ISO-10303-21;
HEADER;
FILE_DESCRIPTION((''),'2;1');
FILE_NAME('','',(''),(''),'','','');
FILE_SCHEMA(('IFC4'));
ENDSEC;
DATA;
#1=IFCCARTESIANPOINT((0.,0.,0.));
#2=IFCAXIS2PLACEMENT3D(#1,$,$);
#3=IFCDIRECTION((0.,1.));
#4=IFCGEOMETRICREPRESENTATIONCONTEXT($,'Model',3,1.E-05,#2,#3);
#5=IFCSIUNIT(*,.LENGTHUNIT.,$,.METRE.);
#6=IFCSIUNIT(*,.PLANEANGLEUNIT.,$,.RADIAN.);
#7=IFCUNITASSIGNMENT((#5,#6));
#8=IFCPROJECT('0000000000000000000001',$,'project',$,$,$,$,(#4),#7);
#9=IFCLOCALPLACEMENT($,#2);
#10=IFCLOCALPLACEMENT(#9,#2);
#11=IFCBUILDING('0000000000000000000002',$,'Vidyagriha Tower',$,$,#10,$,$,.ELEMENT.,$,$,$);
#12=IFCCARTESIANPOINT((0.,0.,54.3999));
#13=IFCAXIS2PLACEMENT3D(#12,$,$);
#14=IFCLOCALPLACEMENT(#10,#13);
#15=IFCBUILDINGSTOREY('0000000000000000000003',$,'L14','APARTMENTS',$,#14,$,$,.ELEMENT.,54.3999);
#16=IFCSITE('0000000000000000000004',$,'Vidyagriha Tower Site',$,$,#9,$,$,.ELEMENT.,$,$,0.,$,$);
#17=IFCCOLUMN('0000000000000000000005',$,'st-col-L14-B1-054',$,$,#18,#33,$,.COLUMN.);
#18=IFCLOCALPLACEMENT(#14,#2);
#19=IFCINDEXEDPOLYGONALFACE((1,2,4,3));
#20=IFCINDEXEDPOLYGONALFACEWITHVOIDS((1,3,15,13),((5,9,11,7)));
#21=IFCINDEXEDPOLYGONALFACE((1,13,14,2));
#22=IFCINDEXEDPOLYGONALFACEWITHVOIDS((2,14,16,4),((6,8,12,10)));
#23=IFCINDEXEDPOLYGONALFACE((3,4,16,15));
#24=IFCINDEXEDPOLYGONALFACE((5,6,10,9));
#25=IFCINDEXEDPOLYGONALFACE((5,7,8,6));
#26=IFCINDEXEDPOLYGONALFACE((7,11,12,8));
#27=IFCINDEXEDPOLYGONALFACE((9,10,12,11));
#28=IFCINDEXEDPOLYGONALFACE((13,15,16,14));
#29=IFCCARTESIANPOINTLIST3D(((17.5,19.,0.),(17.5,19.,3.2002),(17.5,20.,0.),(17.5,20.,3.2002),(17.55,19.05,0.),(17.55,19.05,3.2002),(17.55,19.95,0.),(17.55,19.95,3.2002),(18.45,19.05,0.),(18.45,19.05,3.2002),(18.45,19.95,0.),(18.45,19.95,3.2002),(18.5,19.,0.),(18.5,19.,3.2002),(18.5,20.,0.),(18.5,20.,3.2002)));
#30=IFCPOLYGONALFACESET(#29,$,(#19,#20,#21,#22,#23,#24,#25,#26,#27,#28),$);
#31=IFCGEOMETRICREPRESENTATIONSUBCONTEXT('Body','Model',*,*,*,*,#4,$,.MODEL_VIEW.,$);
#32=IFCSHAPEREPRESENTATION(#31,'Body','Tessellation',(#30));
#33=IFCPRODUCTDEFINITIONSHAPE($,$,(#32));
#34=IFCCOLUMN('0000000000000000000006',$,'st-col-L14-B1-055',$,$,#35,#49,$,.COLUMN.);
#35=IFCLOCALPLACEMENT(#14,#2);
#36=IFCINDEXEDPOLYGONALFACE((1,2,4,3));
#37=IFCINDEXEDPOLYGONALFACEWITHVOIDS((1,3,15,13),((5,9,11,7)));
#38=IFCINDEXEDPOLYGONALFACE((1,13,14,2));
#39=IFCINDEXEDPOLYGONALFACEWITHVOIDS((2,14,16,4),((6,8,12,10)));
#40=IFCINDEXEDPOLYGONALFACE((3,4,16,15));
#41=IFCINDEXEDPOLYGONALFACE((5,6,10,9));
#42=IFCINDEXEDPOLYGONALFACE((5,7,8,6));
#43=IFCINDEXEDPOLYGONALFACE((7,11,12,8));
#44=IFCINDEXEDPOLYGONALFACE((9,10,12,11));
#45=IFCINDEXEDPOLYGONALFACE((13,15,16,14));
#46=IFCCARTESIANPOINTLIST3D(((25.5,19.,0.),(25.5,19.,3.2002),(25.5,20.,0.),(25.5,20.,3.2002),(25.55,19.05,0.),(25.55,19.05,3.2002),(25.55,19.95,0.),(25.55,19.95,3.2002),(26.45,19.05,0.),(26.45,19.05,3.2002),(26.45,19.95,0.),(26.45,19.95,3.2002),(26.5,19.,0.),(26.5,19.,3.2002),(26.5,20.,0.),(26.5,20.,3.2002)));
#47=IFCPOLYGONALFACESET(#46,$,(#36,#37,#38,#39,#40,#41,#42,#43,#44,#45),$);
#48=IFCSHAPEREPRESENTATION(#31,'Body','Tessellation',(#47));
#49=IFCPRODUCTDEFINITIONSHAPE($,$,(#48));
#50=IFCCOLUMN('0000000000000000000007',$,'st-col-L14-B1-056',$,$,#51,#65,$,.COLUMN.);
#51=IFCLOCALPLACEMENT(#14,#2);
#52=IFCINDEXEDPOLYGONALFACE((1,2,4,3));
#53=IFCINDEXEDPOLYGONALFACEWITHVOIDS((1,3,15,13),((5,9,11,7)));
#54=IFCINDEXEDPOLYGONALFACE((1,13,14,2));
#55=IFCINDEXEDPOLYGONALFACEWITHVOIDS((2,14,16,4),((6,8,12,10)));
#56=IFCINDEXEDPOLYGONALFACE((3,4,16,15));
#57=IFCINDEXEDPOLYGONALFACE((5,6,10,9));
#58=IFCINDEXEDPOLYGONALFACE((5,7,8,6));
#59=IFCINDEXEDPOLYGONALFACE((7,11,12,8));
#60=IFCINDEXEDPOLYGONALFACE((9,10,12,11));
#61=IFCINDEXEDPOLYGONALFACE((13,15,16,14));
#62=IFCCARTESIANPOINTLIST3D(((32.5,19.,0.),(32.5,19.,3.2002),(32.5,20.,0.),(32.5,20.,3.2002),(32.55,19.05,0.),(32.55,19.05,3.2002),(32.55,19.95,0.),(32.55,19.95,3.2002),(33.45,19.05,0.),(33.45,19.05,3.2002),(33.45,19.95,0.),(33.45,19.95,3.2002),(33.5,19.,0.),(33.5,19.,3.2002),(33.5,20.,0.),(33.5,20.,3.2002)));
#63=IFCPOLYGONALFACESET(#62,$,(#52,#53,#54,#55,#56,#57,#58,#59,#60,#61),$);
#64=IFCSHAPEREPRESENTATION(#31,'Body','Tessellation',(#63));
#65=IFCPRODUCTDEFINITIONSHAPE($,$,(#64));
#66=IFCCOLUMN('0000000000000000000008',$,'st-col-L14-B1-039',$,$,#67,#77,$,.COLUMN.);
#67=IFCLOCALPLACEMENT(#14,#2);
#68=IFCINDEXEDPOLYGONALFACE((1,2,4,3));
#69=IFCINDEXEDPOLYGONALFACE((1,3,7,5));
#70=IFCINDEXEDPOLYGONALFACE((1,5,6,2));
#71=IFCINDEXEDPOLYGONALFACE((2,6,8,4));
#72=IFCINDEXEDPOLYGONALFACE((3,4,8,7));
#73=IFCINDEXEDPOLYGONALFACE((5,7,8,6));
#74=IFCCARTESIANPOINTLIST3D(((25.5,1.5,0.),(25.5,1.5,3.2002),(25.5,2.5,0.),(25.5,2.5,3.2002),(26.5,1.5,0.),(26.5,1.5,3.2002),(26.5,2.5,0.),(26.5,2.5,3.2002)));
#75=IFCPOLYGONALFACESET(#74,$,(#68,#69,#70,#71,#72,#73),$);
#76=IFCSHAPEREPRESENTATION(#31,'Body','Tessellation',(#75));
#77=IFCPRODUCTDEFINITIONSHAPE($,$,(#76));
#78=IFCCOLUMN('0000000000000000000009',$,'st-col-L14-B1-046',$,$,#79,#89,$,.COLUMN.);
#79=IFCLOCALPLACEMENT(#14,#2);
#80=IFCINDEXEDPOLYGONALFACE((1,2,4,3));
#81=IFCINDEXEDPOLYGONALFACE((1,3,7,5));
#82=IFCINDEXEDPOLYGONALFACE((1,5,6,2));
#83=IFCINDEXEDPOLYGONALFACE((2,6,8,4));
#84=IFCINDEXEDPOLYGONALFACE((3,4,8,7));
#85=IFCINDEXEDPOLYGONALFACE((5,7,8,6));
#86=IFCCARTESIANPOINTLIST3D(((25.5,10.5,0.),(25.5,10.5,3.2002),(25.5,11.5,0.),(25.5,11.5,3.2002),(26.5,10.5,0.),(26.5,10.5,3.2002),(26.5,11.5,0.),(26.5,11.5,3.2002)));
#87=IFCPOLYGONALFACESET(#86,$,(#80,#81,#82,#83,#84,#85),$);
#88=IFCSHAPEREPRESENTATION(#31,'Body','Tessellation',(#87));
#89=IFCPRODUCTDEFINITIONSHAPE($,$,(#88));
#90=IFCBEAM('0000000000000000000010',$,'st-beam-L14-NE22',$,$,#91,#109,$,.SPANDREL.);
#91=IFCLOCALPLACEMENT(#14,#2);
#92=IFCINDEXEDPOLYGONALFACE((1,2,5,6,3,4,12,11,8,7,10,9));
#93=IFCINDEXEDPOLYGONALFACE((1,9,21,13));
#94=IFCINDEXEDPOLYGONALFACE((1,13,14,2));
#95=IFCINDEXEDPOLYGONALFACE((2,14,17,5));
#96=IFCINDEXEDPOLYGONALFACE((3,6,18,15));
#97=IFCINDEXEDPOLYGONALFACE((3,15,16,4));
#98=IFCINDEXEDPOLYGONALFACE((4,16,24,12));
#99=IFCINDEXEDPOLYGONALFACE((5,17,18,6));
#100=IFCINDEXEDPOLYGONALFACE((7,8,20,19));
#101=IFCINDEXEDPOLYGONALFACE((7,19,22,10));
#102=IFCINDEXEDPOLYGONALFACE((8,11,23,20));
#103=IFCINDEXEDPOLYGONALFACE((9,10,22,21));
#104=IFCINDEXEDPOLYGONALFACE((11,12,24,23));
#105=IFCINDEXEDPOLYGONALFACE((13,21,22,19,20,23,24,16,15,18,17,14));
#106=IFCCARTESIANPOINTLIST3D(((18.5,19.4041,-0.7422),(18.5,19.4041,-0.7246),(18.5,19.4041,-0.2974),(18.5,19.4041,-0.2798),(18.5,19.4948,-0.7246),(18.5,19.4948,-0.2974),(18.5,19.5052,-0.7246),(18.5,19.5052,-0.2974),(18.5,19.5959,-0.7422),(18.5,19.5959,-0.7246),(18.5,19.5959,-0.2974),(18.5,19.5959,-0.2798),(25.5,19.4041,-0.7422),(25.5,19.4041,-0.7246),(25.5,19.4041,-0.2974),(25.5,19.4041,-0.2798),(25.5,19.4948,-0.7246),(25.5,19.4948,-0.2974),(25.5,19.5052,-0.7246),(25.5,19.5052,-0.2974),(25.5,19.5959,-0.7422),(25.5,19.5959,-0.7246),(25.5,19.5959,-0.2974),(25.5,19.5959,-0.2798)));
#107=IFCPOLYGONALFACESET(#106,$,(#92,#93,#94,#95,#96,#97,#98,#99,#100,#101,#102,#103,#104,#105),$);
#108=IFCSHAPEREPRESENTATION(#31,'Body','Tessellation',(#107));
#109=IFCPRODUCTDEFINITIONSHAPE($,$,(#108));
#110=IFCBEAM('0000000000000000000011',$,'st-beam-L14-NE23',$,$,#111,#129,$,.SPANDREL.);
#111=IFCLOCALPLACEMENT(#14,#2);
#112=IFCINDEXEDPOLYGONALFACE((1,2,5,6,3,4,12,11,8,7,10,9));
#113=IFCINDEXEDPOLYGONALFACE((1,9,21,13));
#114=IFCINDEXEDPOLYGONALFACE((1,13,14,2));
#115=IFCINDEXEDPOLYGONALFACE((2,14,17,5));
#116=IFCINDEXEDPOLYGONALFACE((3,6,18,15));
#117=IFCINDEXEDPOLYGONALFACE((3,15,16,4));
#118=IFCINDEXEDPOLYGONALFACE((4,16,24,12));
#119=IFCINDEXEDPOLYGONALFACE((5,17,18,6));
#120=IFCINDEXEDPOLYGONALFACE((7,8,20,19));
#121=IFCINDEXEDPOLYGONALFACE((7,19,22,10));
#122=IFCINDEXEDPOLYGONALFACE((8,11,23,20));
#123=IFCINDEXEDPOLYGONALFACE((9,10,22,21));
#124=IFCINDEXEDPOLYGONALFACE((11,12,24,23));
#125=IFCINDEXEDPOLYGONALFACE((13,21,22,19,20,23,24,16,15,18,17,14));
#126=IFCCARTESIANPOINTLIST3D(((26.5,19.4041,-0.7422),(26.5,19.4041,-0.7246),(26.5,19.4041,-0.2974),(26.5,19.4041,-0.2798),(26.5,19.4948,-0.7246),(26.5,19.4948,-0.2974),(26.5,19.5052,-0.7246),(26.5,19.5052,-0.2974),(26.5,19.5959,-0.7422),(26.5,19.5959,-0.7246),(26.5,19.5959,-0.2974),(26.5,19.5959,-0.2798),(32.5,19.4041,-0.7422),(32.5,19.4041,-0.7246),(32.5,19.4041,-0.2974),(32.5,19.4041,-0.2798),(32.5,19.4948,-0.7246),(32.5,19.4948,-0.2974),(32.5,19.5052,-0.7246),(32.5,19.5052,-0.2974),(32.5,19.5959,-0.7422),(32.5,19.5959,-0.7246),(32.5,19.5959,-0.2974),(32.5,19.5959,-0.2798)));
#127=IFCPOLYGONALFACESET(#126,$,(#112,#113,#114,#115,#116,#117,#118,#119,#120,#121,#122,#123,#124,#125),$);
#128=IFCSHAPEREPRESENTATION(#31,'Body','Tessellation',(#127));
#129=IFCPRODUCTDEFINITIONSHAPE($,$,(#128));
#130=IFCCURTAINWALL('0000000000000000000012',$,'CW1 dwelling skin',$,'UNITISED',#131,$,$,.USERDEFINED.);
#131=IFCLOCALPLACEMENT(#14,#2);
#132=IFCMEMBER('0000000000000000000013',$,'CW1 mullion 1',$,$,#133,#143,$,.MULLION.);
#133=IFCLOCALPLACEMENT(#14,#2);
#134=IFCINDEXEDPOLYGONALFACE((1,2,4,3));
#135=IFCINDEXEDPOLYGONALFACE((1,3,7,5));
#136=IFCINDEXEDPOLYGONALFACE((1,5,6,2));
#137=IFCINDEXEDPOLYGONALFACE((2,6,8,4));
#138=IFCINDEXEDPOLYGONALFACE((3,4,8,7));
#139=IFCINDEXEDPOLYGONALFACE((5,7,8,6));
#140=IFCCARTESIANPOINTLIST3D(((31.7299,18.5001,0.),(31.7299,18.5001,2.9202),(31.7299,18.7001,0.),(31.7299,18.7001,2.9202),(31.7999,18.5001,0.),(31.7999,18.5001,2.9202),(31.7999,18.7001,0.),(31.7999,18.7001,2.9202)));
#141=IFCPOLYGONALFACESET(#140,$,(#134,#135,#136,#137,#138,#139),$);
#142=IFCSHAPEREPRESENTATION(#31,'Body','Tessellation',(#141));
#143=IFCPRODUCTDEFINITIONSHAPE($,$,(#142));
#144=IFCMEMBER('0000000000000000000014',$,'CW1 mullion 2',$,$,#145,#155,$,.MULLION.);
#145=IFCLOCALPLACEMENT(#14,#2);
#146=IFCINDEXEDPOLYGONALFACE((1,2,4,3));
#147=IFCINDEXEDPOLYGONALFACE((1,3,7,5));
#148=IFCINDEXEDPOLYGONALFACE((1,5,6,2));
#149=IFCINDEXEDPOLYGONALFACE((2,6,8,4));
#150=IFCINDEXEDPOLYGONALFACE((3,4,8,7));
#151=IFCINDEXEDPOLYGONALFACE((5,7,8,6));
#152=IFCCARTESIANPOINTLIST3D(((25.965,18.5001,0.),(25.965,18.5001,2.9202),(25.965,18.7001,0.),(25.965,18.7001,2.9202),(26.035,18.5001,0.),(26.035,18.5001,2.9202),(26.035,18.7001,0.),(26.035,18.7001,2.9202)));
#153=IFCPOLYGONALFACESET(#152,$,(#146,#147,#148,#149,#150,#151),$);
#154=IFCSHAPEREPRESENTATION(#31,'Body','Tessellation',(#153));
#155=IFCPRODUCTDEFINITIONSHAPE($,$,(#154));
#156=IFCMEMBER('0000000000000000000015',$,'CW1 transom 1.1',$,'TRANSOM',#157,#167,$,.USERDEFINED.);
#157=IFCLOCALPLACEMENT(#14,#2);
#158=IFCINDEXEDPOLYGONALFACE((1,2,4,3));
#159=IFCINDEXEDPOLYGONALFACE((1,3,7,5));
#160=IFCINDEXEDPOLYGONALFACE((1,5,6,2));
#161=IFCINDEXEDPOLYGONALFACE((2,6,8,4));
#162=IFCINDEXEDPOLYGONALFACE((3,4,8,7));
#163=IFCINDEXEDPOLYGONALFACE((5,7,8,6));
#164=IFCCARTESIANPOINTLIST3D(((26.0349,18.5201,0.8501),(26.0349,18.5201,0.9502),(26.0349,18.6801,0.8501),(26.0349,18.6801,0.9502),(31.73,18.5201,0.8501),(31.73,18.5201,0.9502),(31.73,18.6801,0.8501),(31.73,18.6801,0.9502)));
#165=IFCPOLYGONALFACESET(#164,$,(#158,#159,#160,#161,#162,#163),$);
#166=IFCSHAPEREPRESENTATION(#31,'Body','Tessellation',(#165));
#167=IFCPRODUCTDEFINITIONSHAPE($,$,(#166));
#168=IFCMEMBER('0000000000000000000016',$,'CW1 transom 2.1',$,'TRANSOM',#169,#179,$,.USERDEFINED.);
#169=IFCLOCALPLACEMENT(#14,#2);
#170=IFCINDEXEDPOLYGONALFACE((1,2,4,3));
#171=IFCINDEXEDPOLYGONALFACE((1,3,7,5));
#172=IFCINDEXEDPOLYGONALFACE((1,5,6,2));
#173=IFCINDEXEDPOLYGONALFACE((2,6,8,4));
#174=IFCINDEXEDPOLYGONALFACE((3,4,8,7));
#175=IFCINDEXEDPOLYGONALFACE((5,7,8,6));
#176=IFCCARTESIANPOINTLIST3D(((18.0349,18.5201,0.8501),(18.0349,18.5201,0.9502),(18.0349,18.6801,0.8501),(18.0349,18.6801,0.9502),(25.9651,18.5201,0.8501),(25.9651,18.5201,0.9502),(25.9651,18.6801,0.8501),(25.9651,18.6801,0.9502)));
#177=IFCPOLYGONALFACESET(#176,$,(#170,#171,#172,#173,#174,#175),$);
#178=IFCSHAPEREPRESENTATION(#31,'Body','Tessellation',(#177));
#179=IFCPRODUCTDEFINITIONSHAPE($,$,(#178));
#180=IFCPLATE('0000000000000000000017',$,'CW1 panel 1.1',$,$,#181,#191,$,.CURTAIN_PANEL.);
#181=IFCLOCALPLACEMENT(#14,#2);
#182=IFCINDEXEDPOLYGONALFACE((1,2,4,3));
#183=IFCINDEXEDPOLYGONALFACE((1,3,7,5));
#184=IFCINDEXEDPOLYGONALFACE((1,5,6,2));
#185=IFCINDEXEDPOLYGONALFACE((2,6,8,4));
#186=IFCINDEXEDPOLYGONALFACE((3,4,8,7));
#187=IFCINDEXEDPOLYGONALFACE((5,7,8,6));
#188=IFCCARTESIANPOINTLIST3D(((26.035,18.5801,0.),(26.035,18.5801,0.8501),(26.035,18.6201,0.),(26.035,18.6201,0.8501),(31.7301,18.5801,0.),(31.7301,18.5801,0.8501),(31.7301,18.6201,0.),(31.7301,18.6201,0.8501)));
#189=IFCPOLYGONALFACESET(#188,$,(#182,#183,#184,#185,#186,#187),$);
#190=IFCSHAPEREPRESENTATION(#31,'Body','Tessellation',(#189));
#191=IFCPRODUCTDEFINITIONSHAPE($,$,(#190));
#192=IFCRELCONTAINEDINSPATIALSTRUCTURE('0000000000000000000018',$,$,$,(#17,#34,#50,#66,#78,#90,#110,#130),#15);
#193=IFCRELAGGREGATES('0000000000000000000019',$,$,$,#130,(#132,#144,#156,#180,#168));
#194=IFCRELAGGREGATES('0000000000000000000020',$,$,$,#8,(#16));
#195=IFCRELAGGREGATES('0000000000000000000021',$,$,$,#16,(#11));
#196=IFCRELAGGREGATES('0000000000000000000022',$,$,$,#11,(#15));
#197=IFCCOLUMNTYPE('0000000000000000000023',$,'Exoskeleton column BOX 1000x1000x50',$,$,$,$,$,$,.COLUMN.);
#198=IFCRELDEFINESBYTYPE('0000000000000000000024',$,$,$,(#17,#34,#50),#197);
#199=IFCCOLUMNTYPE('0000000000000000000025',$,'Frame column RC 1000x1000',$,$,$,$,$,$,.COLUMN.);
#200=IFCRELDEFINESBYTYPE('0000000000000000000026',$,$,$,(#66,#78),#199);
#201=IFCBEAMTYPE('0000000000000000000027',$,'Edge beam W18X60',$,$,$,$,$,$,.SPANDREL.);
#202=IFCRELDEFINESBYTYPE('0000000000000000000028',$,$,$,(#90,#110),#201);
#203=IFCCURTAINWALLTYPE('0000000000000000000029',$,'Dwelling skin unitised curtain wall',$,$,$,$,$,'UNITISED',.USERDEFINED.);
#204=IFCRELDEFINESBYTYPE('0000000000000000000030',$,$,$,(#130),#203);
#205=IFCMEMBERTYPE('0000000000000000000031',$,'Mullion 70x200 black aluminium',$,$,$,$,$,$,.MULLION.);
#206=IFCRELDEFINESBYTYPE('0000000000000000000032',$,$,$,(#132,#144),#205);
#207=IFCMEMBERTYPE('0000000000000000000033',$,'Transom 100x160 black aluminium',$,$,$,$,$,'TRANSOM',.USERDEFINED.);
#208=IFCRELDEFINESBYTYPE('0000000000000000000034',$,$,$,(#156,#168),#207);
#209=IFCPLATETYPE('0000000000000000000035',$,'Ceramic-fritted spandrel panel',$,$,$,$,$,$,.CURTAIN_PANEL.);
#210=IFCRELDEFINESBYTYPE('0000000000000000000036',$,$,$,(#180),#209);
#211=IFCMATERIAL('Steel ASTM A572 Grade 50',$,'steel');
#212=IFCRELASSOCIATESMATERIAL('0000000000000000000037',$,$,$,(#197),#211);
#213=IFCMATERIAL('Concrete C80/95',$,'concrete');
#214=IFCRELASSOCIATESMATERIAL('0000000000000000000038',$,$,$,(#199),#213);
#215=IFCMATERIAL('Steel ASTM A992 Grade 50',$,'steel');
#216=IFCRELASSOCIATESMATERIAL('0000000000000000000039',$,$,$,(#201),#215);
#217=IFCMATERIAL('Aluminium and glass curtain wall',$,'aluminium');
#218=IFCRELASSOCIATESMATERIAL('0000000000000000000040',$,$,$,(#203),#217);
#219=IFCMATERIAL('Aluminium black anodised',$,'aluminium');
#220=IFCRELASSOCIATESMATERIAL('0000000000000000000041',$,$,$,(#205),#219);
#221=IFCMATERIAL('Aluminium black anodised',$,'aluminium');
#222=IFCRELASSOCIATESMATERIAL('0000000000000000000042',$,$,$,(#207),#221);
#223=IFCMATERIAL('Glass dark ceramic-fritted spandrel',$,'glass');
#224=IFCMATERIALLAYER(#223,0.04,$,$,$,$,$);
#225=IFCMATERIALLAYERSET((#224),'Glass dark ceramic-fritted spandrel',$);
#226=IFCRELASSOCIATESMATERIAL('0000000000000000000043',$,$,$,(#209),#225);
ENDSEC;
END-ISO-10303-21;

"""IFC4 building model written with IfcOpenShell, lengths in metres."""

from ifc_helpers import new_model, si_unit, direction, frame, origin, origin_2d, place, context, subcontext, project, spatial, rectangle, hollow_rectangle, i_section, extrude, material, layer, layer_set, material_profile, profile_set, type_object, element, aggregate, save


model = new_model("IFC4")

# Units and contexts
model_context = context("Model", 3, precision=1e-05, world=origin(), true_north=direction((0.0, 1.0)))
body_context = subcontext(model_context, "Body", "Model", "MODEL_VIEW")
ifc_project = project(units=[si_unit("LENGTHUNIT", "METRE"), si_unit("PLANEANGLEUNIT", "RADIAN")], contexts=[model_context])

# Site, building, storey
site_placement = place(None, origin())
site = spatial("IfcSite", under=ifc_project, at=site_placement, Name="Vidyagriha Tower Site", CompositionType="ELEMENT", RefElevation=0.0)
building_placement = place(site_placement, origin())
building = spatial("IfcBuilding", under=site, at=building_placement, Name="Vidyagriha Tower", CompositionType="ELEMENT")
storey_placement = place(building_placement, frame((0.0, 0.0, 54.3999)))
storey = spatial("IfcBuildingStorey", under=building, at=storey_placement, Name="L14", Description="APARTMENTS", CompositionType="ELEMENT", Elevation=54.3999)

# Columns
ifc_material_1 = material(Name="Steel ASTM A572 Grade 50", Category="steel")
ifc_material_profile_1 = material_profile(ifc_material_1, hollow_rectangle(XDim=1.0, YDim=1.0, WallThickness=0.05, at=origin_2d()), Name="BOX 1000x1000x50")
ifc_profile_set_1 = profile_set([ifc_material_profile_1], Name="Steel ASTM A572 Grade 50")
column_type_1 = type_object("IfcColumnType", Name="Exoskeleton column BOX 1000x1000x50", PredefinedType="COLUMN", material=ifc_profile_set_1)
for number, where, name in (
    (1, (18.0, 19.5, 0.0), "st-col-L14-B1-054"),
    (2, (26.0, 19.5, 0.0), "st-col-L14-B1-055"),
    (3, (33.0, 19.5, 0.0), "st-col-L14-B1-056"),
):
    element("IfcColumn", number, at=place(storey_placement, frame(where)), inside=storey, type_object=column_type_1, Name=name, PredefinedType="COLUMN", context=body_context, shape_type="SweptSolid", body=[
        extrude(hollow_rectangle(XDim=1.0, YDim=1.0, WallThickness=0.05, at=origin_2d()), origin(), (0.0, 0.0, 1.0), 3.2002),
    ])
ifc_material_2 = material(Name="Concrete C80/95", Category="concrete")
ifc_material_profile_2 = material_profile(ifc_material_2, rectangle(XDim=1.0, YDim=1.0, at=origin_2d()), Name="RC 1000x1000")
ifc_profile_set_2 = profile_set([ifc_material_profile_2], Name="Concrete C80/95")
column_type_2 = type_object("IfcColumnType", Name="Frame column RC 1000x1000", PredefinedType="COLUMN", material=ifc_profile_set_2)
for number, where, name in (
    (4, (26.0, 2.0, 0.0), "st-col-L14-B1-039"),
    (5, (26.0, 11.0, 0.0), "st-col-L14-B1-046"),
):
    element("IfcColumn", number, at=place(storey_placement, frame(where)), inside=storey, type_object=column_type_2, Name=name, PredefinedType="COLUMN", context=body_context, shape_type="SweptSolid", body=[
        extrude(rectangle(XDim=1.0, YDim=1.0, at=origin_2d()), origin(), (0.0, 0.0, 1.0), 3.2002),
    ])

# Beams
ifc_material_3 = material(Name="Steel ASTM A992 Grade 50", Category="steel")
ifc_material_profile_3 = material_profile(ifc_material_3, i_section(OverallWidth=0.1919, OverallDepth=0.4624, WebThickness=0.0105, FlangeThickness=0.0176, at=origin_2d()), Name="W18X60")
ifc_profile_set_3 = profile_set([ifc_material_profile_3], Name="Steel ASTM A992 Grade 50")
beam_type = type_object("IfcBeamType", Name="Edge beam W18X60", PredefinedType="SPANDREL", material=ifc_profile_set_3)
beam_1_placement = place(storey_placement, frame((18.5, 19.5, -0.511), z_axis=(1.0, 0.0, 0.0), x_axis=(0.0, 1.0, 0.0)))
element("IfcBeam", 6, at=beam_1_placement, inside=storey, type_object=beam_type, Name="st-beam-L14-NE22", PredefinedType="SPANDREL", context=body_context, shape_type="SweptSolid", body=[
    extrude(i_section(OverallWidth=0.1919, OverallDepth=0.4624, WebThickness=0.0105, FlangeThickness=0.0176, at=origin_2d()), origin(), (0.0, 0.0, 1.0), 7.0),
])
beam_2_placement = place(storey_placement, frame((26.5, 19.5, -0.511), z_axis=(1.0, 0.0, 0.0), x_axis=(0.0, 1.0, 0.0)))
element("IfcBeam", 7, at=beam_2_placement, inside=storey, type_object=beam_type, Name="st-beam-L14-NE23", PredefinedType="SPANDREL", context=body_context, shape_type="SweptSolid", body=[
    extrude(i_section(OverallWidth=0.1919, OverallDepth=0.4624, WebThickness=0.0105, FlangeThickness=0.0176, at=origin_2d()), origin(), (0.0, 0.0, 1.0), 6.0),
])

# Curtain wall, members, plate
ifc_material_4 = material(Name="Aluminium and glass curtain wall", Category="aluminium")
curtain_wall_type = type_object("IfcCurtainWallType", Name="Dwelling skin unitised curtain wall", ElementType="UNITISED", PredefinedType="USERDEFINED", material=ifc_material_4)
curtain_wall_placement = place(storey_placement, origin())
curtain_wall = element("IfcCurtainWall", 8, at=curtain_wall_placement, inside=storey, type_object=curtain_wall_type, Name="CW1 dwelling skin", ObjectType="UNITISED", PredefinedType="USERDEFINED")
ifc_material_5 = material(Name="Aluminium black anodised", Category="aluminium")
ifc_material_profile_4 = material_profile(ifc_material_5, rectangle(XDim=0.2, YDim=0.0701, at=origin_2d()), Name="Mullion 70x200 black aluminium")
ifc_profile_set_4 = profile_set([ifc_material_profile_4], Name="Aluminium black anodised")
member_type_1 = type_object("IfcMemberType", Name="Mullion 70x200 black aluminium", PredefinedType="MULLION", material=ifc_profile_set_4)
member_1_placement = place(storey_placement, frame((31.7649, 18.6001, 0.0), z_axis=(0.0, 0.0, 1.0), x_axis=(0.0, -1.0, 0.0)))
member_1 = element("IfcMember", 9, at=member_1_placement, type_object=member_type_1, Name="CW1 mullion 1", PredefinedType="MULLION", context=body_context, shape_type="SweptSolid", body=[
    extrude(rectangle(XDim=0.2, YDim=0.0701, at=origin_2d()), origin(), (0.0, 0.0, 1.0), 2.9202),
])
member_2_placement = place(storey_placement, frame((26.0, 18.6001, 0.0), z_axis=(0.0, 0.0, 1.0), x_axis=(0.0, -1.0, 0.0)))
member_2 = element("IfcMember", 10, at=member_2_placement, type_object=member_type_1, Name="CW1 mullion 2", PredefinedType="MULLION", context=body_context, shape_type="SweptSolid", body=[
    extrude(rectangle(XDim=0.2, YDim=0.0701, at=origin_2d()), origin(), (0.0, 0.0, 1.0), 2.9202),
])
ifc_material_6 = material(Name="Aluminium black anodised", Category="aluminium")
ifc_material_profile_5 = material_profile(ifc_material_6, rectangle(XDim=0.1599, YDim=0.1001, at=origin_2d()), Name="Transom 100x160 black aluminium")
ifc_profile_set_5 = profile_set([ifc_material_profile_5], Name="Aluminium black anodised")
member_type_2 = type_object("IfcMemberType", Name="Transom 100x160 black aluminium", ElementType="TRANSOM", PredefinedType="USERDEFINED", material=ifc_profile_set_5)
member_3_placement = place(storey_placement, frame((31.73, 18.6001, 0.9001), z_axis=(-1.0, 0.0, 0.0), x_axis=(0.0, -1.0, 0.0)))
member_3 = element("IfcMember", 11, at=member_3_placement, type_object=member_type_2, Name="CW1 transom 1.1", ObjectType="TRANSOM", PredefinedType="USERDEFINED", context=body_context, shape_type="SweptSolid", body=[
    extrude(rectangle(XDim=0.1599, YDim=0.1001, at=origin_2d()), origin(), (0.0, 0.0, 1.0), 5.6951),
])
member_4_placement = place(storey_placement, frame((25.9651, 18.6001, 0.9001), z_axis=(-1.0, 0.0, 0.0), x_axis=(0.0, -1.0, 0.0)))
member_4 = element("IfcMember", 12, at=member_4_placement, type_object=member_type_2, Name="CW1 transom 2.1", ObjectType="TRANSOM", PredefinedType="USERDEFINED", context=body_context, shape_type="SweptSolid", body=[
    extrude(rectangle(XDim=0.1599, YDim=0.1001, at=origin_2d()), origin(), (0.0, 0.0, 1.0), 7.9302),
])
ifc_material_7 = material(Name="Glass dark ceramic-fritted spandrel", Category="glass")
ifc_layer_1 = layer(ifc_material_7, 0.04)
ifc_layer_set_1 = layer_set([ifc_layer_1], Name="Glass dark ceramic-fritted spandrel")
plate_type_1 = type_object("IfcPlateType", Name="Ceramic-fritted spandrel panel", PredefinedType="CURTAIN_PANEL", material=ifc_layer_set_1)
plate_1_placement = place(storey_placement, frame((28.8826, 18.6001, 0.0), z_axis=(0.0, 0.0, 1.0), x_axis=(-1.0, 0.0, 0.0)))
plate_1 = element("IfcPlate", 13, at=plate_1_placement, type_object=plate_type_1, Name="CW1 panel 1.1", PredefinedType="CURTAIN_PANEL", context=body_context, shape_type="SweptSolid", body=[
    extrude(rectangle(XDim=5.6951, YDim=0.04, at=origin_2d()), origin(), (0.0, 0.0, 1.0), 0.8501),
])
aggregate(curtain_wall, [member_1, member_2, member_3, plate_1, member_4])

save(model, "model.ifc")
